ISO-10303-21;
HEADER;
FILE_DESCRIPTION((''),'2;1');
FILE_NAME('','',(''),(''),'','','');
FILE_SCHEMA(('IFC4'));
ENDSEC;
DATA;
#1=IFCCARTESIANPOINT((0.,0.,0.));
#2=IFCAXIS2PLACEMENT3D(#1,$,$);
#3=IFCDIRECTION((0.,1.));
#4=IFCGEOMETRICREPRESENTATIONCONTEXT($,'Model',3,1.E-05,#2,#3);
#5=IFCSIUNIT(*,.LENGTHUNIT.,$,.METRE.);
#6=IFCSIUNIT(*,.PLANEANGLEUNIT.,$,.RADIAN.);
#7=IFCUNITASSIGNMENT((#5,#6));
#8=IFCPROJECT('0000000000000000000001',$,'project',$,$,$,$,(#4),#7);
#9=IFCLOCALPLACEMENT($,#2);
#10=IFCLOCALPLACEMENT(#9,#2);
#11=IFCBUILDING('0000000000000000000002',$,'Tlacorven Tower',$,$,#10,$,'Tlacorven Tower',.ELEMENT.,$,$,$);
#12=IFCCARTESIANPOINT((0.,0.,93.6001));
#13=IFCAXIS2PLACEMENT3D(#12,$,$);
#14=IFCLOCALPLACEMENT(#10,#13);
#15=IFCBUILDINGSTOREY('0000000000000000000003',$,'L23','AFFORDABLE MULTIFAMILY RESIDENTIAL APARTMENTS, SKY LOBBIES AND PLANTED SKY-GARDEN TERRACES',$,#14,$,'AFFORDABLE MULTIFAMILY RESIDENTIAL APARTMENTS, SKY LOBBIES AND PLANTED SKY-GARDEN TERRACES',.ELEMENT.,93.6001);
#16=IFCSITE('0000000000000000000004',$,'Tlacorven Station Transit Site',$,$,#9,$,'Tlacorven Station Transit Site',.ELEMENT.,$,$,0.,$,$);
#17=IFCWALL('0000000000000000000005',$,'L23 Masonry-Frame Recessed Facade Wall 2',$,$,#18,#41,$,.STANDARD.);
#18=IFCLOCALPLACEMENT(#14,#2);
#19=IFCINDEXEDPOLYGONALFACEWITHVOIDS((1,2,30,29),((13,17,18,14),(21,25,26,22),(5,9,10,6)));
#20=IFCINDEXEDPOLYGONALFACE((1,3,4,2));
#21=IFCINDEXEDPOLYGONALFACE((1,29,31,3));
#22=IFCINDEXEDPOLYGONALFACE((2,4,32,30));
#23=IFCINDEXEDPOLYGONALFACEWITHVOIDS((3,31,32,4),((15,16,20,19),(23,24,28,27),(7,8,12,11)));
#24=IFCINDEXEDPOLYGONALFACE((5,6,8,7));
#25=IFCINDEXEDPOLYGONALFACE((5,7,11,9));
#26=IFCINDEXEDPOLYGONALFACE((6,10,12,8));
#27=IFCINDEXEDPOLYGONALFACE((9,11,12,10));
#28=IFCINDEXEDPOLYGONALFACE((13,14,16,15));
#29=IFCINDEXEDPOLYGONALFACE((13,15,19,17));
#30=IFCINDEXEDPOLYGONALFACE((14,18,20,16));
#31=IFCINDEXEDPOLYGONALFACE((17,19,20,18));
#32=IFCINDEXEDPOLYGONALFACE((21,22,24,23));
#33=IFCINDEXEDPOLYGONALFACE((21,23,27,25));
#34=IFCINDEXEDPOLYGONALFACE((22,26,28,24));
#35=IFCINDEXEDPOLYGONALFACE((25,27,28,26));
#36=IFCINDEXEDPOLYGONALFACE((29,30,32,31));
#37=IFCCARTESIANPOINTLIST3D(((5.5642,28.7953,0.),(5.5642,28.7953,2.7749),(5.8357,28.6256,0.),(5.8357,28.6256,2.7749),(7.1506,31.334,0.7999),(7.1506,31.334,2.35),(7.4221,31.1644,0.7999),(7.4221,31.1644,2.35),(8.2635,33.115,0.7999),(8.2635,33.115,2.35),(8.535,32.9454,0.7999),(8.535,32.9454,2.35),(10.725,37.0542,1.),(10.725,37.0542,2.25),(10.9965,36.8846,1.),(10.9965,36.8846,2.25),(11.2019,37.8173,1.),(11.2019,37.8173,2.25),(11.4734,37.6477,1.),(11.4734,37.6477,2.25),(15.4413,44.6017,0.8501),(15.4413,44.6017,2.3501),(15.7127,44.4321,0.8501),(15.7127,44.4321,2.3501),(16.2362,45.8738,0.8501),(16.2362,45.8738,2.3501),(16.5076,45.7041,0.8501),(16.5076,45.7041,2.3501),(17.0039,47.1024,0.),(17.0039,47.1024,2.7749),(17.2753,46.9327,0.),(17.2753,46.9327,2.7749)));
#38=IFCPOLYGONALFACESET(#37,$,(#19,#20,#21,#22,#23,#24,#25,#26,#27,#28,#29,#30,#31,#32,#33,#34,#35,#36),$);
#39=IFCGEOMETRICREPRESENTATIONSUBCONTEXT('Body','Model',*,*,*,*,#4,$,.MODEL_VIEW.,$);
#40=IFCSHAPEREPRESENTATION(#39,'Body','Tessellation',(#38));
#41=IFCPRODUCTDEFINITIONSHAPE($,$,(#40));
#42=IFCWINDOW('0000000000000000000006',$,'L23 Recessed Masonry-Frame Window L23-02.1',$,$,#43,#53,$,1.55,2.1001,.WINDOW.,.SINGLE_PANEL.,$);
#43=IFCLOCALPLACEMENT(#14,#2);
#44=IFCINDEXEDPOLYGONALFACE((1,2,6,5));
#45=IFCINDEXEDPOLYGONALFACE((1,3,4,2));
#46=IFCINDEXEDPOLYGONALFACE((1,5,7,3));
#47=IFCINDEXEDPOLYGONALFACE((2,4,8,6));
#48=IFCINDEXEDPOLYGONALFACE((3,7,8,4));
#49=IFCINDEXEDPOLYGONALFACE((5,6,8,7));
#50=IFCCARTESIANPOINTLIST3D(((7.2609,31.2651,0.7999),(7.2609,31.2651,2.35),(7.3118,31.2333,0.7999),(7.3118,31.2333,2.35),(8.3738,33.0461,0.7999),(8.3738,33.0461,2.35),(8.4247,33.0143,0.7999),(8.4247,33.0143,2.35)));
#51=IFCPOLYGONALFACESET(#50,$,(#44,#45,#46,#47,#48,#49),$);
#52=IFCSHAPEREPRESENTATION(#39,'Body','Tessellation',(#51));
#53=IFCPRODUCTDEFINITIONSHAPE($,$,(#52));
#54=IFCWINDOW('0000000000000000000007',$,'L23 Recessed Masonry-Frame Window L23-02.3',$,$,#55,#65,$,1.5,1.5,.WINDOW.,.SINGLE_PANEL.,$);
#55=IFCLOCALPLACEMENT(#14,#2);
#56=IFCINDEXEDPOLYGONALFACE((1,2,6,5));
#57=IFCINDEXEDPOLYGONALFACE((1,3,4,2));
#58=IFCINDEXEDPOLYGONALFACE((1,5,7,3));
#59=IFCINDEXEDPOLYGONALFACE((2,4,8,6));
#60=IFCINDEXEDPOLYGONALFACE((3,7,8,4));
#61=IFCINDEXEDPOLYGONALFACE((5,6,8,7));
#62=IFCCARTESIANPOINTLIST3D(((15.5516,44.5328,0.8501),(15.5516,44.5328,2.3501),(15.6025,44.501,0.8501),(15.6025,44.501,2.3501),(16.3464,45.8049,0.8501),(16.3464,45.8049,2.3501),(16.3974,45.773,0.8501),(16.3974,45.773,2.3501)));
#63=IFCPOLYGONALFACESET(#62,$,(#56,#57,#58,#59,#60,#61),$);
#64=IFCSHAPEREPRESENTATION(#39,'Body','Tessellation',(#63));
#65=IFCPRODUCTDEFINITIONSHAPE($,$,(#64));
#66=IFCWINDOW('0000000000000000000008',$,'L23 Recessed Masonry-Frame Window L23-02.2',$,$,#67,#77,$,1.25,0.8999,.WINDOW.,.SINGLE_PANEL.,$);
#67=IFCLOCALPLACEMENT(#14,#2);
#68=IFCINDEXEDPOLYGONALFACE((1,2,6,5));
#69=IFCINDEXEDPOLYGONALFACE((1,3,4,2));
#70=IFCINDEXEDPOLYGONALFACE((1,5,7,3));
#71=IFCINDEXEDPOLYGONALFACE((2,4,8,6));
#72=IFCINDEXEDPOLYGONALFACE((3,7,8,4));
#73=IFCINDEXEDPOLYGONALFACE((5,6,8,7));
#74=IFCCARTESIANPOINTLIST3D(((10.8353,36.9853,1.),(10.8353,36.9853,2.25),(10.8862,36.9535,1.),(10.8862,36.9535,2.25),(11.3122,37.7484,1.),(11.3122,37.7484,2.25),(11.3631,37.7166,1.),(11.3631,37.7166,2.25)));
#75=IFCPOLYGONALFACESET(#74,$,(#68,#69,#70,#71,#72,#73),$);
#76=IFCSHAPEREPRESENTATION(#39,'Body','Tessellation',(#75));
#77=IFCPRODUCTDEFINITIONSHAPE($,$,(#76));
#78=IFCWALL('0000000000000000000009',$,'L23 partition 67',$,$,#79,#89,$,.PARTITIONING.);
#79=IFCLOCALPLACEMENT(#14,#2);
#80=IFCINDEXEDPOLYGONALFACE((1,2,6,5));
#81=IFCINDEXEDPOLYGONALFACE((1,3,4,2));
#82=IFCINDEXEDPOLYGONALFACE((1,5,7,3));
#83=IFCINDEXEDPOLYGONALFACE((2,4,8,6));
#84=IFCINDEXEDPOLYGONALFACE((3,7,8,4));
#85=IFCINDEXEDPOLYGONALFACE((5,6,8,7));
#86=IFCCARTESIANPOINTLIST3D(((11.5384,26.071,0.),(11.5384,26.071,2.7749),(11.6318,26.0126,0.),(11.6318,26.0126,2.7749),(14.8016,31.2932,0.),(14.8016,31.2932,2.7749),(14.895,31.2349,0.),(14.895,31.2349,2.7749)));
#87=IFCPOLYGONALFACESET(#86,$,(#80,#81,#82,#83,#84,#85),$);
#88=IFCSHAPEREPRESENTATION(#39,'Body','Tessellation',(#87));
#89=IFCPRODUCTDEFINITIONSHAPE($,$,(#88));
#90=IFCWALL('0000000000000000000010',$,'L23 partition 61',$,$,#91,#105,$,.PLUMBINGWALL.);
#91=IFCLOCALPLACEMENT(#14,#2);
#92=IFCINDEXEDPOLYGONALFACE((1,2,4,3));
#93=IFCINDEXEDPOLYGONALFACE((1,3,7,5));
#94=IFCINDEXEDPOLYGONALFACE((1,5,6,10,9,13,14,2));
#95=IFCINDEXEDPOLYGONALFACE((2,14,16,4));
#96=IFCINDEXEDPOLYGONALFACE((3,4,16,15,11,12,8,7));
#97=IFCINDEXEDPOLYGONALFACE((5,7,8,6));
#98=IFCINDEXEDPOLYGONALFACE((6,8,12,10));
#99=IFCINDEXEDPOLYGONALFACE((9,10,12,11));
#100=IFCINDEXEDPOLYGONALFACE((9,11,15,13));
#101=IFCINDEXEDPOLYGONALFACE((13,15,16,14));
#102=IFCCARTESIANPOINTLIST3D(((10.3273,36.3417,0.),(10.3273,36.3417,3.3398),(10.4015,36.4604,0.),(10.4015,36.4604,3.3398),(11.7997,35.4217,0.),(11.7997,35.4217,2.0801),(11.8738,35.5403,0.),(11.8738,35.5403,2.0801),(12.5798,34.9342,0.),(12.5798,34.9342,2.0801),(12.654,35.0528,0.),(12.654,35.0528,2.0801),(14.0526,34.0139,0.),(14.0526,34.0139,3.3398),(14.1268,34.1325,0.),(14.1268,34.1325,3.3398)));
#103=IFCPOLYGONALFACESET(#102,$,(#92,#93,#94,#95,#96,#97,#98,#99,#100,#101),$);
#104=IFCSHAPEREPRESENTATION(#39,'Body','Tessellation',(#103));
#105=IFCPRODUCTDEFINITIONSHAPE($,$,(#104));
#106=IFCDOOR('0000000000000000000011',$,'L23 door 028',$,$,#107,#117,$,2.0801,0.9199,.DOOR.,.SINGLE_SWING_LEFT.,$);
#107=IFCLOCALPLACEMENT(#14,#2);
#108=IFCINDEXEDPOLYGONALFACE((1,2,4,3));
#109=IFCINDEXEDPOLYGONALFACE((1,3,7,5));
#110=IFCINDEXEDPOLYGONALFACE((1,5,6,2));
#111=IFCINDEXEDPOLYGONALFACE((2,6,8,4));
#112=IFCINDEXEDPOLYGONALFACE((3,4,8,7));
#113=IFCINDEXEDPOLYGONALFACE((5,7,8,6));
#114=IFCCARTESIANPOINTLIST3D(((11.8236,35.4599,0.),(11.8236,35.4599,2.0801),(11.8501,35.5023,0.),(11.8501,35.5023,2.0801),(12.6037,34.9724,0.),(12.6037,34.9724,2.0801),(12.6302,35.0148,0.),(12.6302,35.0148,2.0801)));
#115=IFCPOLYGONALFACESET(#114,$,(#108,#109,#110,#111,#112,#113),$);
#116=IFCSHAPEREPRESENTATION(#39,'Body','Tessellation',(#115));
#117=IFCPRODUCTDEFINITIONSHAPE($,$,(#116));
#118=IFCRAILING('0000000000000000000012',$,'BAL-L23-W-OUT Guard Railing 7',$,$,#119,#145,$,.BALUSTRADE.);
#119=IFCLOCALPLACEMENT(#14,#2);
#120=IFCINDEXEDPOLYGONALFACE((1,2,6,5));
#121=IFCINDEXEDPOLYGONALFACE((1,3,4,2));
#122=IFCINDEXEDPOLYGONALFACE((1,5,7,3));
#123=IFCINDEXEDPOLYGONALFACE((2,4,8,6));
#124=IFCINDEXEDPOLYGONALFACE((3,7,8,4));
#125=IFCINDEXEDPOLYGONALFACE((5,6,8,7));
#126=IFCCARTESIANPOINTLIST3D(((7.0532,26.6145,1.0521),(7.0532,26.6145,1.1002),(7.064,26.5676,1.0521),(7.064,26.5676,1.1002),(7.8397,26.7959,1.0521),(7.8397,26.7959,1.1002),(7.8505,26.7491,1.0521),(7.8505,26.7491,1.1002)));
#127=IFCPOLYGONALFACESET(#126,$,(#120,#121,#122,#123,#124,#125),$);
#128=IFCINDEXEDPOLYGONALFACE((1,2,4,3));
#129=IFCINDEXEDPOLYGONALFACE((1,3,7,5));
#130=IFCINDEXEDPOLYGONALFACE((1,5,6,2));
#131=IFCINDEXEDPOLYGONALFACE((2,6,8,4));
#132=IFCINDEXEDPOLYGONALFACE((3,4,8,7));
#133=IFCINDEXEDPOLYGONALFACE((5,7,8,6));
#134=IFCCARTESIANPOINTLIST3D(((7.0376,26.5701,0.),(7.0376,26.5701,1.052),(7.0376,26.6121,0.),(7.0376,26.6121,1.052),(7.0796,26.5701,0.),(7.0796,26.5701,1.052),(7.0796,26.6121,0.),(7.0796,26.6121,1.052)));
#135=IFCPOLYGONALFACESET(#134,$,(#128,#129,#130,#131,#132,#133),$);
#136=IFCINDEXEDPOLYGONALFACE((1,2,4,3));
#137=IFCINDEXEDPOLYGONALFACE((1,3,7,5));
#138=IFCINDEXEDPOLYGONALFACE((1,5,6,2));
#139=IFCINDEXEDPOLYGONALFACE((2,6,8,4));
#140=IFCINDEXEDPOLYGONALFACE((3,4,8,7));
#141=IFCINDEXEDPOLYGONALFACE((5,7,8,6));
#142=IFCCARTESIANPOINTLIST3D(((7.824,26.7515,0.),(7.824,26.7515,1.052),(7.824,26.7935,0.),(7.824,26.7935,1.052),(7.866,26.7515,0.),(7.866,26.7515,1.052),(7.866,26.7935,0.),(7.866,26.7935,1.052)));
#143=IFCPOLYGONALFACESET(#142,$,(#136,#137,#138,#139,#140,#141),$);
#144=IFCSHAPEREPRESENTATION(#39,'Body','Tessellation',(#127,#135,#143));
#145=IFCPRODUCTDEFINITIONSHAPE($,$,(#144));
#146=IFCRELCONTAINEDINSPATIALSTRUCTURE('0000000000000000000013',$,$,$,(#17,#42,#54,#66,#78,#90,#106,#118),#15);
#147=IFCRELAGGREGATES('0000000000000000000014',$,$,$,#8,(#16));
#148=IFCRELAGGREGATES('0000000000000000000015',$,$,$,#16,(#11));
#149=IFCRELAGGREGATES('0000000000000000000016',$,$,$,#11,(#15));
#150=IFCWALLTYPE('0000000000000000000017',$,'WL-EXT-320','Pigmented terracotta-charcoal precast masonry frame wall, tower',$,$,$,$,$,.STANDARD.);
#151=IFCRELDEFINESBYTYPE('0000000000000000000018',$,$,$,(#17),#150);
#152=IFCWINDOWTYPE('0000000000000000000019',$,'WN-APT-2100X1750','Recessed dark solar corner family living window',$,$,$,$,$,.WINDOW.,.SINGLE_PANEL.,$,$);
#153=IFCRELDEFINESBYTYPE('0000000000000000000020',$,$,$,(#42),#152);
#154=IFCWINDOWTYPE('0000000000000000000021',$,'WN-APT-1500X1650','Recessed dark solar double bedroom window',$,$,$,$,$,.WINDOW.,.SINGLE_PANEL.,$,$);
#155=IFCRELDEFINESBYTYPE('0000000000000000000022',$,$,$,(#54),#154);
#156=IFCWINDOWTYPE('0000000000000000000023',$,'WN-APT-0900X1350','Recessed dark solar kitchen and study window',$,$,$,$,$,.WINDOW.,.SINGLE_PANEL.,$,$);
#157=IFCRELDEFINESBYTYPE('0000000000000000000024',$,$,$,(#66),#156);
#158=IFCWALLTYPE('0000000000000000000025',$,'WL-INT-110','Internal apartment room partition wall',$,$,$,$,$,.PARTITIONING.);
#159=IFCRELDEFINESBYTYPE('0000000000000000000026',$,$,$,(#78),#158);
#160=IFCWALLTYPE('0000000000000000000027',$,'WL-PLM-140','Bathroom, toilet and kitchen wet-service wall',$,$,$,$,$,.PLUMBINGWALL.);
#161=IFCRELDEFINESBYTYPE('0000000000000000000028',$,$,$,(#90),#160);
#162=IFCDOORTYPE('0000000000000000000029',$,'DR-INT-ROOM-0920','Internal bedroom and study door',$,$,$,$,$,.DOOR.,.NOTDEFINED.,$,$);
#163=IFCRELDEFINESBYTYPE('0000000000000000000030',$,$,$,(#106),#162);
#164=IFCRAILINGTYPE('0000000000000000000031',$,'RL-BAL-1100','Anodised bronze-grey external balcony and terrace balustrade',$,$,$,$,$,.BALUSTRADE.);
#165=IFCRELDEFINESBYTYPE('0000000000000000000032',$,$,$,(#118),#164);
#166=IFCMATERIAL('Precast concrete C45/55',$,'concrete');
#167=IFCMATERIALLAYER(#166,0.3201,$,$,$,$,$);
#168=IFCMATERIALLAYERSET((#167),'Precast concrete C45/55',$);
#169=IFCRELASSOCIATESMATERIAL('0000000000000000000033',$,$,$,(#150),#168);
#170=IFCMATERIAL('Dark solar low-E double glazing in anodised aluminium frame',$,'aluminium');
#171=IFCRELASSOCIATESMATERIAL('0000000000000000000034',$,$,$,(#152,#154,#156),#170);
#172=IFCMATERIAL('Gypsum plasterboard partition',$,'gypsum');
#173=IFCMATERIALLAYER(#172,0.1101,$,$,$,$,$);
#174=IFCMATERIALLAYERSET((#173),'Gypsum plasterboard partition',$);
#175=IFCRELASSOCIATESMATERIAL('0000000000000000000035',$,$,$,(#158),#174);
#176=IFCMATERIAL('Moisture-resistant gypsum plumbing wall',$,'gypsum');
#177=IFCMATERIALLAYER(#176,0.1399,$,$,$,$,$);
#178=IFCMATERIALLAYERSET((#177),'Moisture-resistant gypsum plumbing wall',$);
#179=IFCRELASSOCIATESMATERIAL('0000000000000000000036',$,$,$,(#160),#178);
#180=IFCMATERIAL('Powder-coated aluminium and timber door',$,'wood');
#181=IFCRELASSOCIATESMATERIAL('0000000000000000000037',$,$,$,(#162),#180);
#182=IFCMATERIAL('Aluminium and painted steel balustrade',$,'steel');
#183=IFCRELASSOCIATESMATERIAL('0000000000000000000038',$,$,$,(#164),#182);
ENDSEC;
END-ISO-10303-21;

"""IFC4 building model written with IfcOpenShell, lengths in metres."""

from ifc_helpers import new_model, si_unit, direction, frame, frame_2d, origin, origin_2d, place, context, subcontext, project, spatial, rectangle, extrude, source, transform, mapped, material, layer, layer_set, type_object, element, fill, save


model = new_model("IFC4")

# Units and contexts
model_context = context("Model", 3, precision=1e-05, world=origin(), true_north=direction((0.0, 1.0)))
body_context = subcontext(model_context, "Body", "Model", "MODEL_VIEW")
ifc_project = project(units=[si_unit("LENGTHUNIT", "METRE"), si_unit("PLANEANGLEUNIT", "RADIAN")], contexts=[model_context])

# Site, building, storey
site_placement = place(None, origin())
site = spatial("IfcSite", under=ifc_project, at=site_placement, Name="Tlacorven Station Transit Site", LongName="Tlacorven Station Transit Site", CompositionType="ELEMENT", RefElevation=0.0)
building_placement = place(site_placement, origin())
building = spatial("IfcBuilding", under=site, at=building_placement, Name="Tlacorven Tower", LongName="Tlacorven Tower", CompositionType="ELEMENT")
storey_placement = place(building_placement, frame((0.0, 0.0, 93.6001)))
storey = spatial("IfcBuildingStorey", under=building, at=storey_placement, Name="L23", Description="AFFORDABLE MULTIFAMILY RESIDENTIAL APARTMENTS, SKY LOBBIES AND PLANTED SKY-GARDEN TERRACES", LongName="AFFORDABLE MULTIFAMILY RESIDENTIAL APARTMENTS, SKY LOBBIES AND PLANTED SKY-GARDEN TERRACES", CompositionType="ELEMENT", Elevation=93.6001)

# Wall, openings, windows
ifc_material_1 = material(Name="Precast concrete C45/55", Category="concrete")
ifc_layer_1 = layer(ifc_material_1, 0.3201)
ifc_layer_set_1 = layer_set([ifc_layer_1], Name="Precast concrete C45/55")
wall_type_1 = type_object("IfcWallType", Name="WL-EXT-320", Description="Pigmented terracotta-charcoal precast masonry frame wall, tower", PredefinedType="STANDARD", material=ifc_layer_set_1)
wall_1_placement = place(storey_placement, frame((5.7, 28.7104, 0.0), z_axis=(0.0, 0.0, 1.0), x_axis=(0.529924, 0.848045, 0.0)))
wall_1 = element("IfcWall", 1, at=wall_1_placement, inside=storey, type_object=wall_type_1, Name="L23 Masonry-Frame Recessed Facade Wall 2", PredefinedType="STANDARD", context=body_context, shape_type="SweptSolid", body=[
    extrude(rectangle(XDim=21.5874, YDim=0.3201, at=frame_2d((10.7937, 0.0))), origin(), (0.0, 0.0, 1.0), 2.7749),
])
opening_1_placement = place(wall_1_placement, frame((2.9937, 0.0, 0.8)))
opening_1 = element("IfcOpeningElement", 2, at=opening_1_placement, cuts=wall_1, PredefinedType="OPENING", context=body_context, shape_type="SweptSolid", body=[
    extrude(rectangle(XDim=2.1001, YDim=1.55, at=frame_2d((1.05, 0.7749))), frame((0.0, 0.1699, 0.0), z_axis=(0.0, -1.0, 0.0), x_axis=(1.0, 0.0, 0.0)), (0.0, 0.0, 1.0), 0.3401),
])
opening_2_placement = place(wall_1_placement, frame((9.7388, 0.0, 1.0)))
opening_2 = element("IfcOpeningElement", 3, at=opening_2_placement, cuts=wall_1, PredefinedType="OPENING", context=body_context, shape_type="SweptSolid", body=[
    extrude(rectangle(XDim=0.8999, YDim=1.25, at=frame_2d((0.45, 0.625))), frame((0.0, 0.1699, 0.0), z_axis=(0.0, -1.0, 0.0), x_axis=(1.0, 0.0, 0.0)), (0.0, 0.0, 1.0), 0.3401),
])
opening_3_placement = place(wall_1_placement, frame((18.6387, 0.0, 0.8501)))
opening_3 = element("IfcOpeningElement", 4, at=opening_3_placement, cuts=wall_1, PredefinedType="OPENING", context=body_context, shape_type="SweptSolid", body=[
    extrude(rectangle(XDim=1.5, YDim=1.5, at=frame_2d((0.75, 0.75))), frame((0.0, 0.1699, 0.0), z_axis=(0.0, -1.0, 0.0), x_axis=(1.0, 0.0, 0.0)), (0.0, 0.0, 1.0), 0.3401),
])
ifc_material_2 = material(Name="Dark solar low-E double glazing in anodised aluminium frame", Category="aluminium")
window_type_1 = type_object("IfcWindowType", Name="WN-APT-2100X1750", Description="Recessed dark solar corner family living window", PartitioningType="SINGLE_PANEL", PredefinedType="WINDOW", material=ifc_material_2)
shared_shape_1 = source(origin(), body_context, "Body", "SweptSolid", [
    extrude(rectangle(XDim=2.1001, YDim=1.55, at=frame_2d((1.05, 0.7749))), frame((0.0, 0.03, 0.0), z_axis=(0.0, -1.0, 0.0), x_axis=(1.0, 0.0, 0.0)), (0.0, 0.0, 1.0), 0.0601),
])
window_1_placement = place(opening_1_placement, origin())
window_1 = element("IfcWindow", 5, at=window_1_placement, inside=storey, type_object=window_type_1, Name="L23 Recessed Masonry-Frame Window L23-02.1", OverallHeight=1.55, OverallWidth=2.1001, PartitioningType="SINGLE_PANEL", PredefinedType="WINDOW", context=body_context, shape_type="MappedRepresentation", body=[
    mapped(shared_shape_1, transform((0.0, 0.0, 0.0), scale=1.0)),
])
fill(opening_1, window_1)
window_type_2 = type_object("IfcWindowType", Name="WN-APT-1500X1650", Description="Recessed dark solar double bedroom window", PartitioningType="SINGLE_PANEL", PredefinedType="WINDOW", material=ifc_material_2)
shared_shape_2 = source(origin(), body_context, "Body", "SweptSolid", [
    extrude(rectangle(XDim=1.5, YDim=1.5, at=frame_2d((0.75, 0.75))), frame((0.0, 0.03, 0.0), z_axis=(0.0, -1.0, 0.0), x_axis=(1.0, 0.0, 0.0)), (0.0, 0.0, 1.0), 0.0601),
])
window_2_placement = place(opening_3_placement, origin())
window_2 = element("IfcWindow", 6, at=window_2_placement, inside=storey, type_object=window_type_2, Name="L23 Recessed Masonry-Frame Window L23-02.3", OverallHeight=1.5, OverallWidth=1.5, PartitioningType="SINGLE_PANEL", PredefinedType="WINDOW", context=body_context, shape_type="MappedRepresentation", body=[
    mapped(shared_shape_2, transform((0.0, 0.0, 0.0), scale=1.0)),
])
fill(opening_3, window_2)
window_type_3 = type_object("IfcWindowType", Name="WN-APT-0900X1350", Description="Recessed dark solar kitchen and study window", PartitioningType="SINGLE_PANEL", PredefinedType="WINDOW", material=ifc_material_2)
shared_shape_3 = source(origin(), body_context, "Body", "SweptSolid", [
    extrude(rectangle(XDim=0.8999, YDim=1.25, at=frame_2d((0.45, 0.625))), frame((0.0, 0.03, 0.0), z_axis=(0.0, -1.0, 0.0), x_axis=(1.0, 0.0, 0.0)), (0.0, 0.0, 1.0), 0.0601),
])
window_3_placement = place(opening_2_placement, origin())
window_3 = element("IfcWindow", 7, at=window_3_placement, inside=storey, type_object=window_type_3, Name="L23 Recessed Masonry-Frame Window L23-02.2", OverallHeight=1.25, OverallWidth=0.8999, PartitioningType="SINGLE_PANEL", PredefinedType="WINDOW", context=body_context, shape_type="MappedRepresentation", body=[
    mapped(shared_shape_3, transform((0.0, 0.0, 0.0), scale=1.0)),
])
fill(opening_2, window_3)

# Wall
ifc_material_3 = material(Name="Gypsum plasterboard partition", Category="gypsum")
ifc_layer_2 = layer(ifc_material_3, 0.1101)
ifc_layer_set_2 = layer_set([ifc_layer_2], Name="Gypsum plasterboard partition")
wall_type_2 = type_object("IfcWallType", Name="WL-INT-110", Description="Internal apartment room partition wall", PredefinedType="PARTITIONING", material=ifc_layer_set_2)
wall_2_placement = place(storey_placement, frame((14.8484, 31.2642, 0.0), z_axis=(0.0, 0.0, 1.0), x_axis=(-0.529921, -0.848047, 0.0)))
element("IfcWall", 8, at=wall_2_placement, inside=storey, type_object=wall_type_2, Name="L23 partition 67", PredefinedType="PARTITIONING", context=body_context, shape_type="SweptSolid", body=[
    extrude(rectangle(XDim=6.158, YDim=0.1101, at=frame_2d((3.0791, 0.0))), origin(), (0.0, 0.0, 1.0), 2.7749),
])

# Wall, opening, door
ifc_material_4 = material(Name="Moisture-resistant gypsum plumbing wall", Category="gypsum")
ifc_layer_3 = layer(ifc_material_4, 0.1399)
ifc_layer_set_3 = layer_set([ifc_layer_3], Name="Moisture-resistant gypsum plumbing wall")
wall_type_3 = type_object("IfcWallType", Name="WL-PLM-140", Description="Bathroom, toilet and kitchen wet-service wall", PredefinedType="PLUMBINGWALL", material=ifc_layer_set_3)
wall_3_placement = place(storey_placement, frame((14.0896, 34.0732, 0.0), z_axis=(0.0, 0.0, 1.0), x_axis=(-0.848045, 0.529924, 0.0)))
wall_3 = element("IfcWall", 9, at=wall_3_placement, inside=storey, type_object=wall_type_3, Name="L23 partition 61", PredefinedType="PLUMBINGWALL", context=body_context, shape_type="SweptSolid", body=[
    extrude(rectangle(XDim=4.3928, YDim=0.1399, at=frame_2d((2.1963, 0.0))), origin(), (0.0, 0.0, 1.0), 3.3398),
])
opening_4_placement = place(wall_3_placement, frame((1.7366, 0.0, 0.0)))
opening_4 = element("IfcOpeningElement", 10, at=opening_4_placement, cuts=wall_3, PredefinedType="OPENING", context=body_context, shape_type="SweptSolid", body=[
    extrude(rectangle(XDim=0.9199, YDim=2.0801, at=frame_2d((0.46, 1.04))), frame((0.0, 0.0801, 0.0), z_axis=(0.0, -1.0, 0.0), x_axis=(1.0, 0.0, 0.0)), (0.0, 0.0, 1.0), 0.1599),
])
ifc_material_5 = material(Name="Powder-coated aluminium and timber door", Category="wood")
door_type = type_object("IfcDoorType", Name="DR-INT-ROOM-0920", Description="Internal bedroom and study door", OperationType="NOTDEFINED", PredefinedType="DOOR", material=ifc_material_5)
shared_shape_4 = source(origin(), body_context, "Body", "SweptSolid", [
    extrude(rectangle(XDim=0.9199, YDim=2.0801, at=frame_2d((0.46, 1.04))), frame((0.0, 0.0249, 0.0), z_axis=(0.0, -1.0, 0.0), x_axis=(1.0, 0.0, 0.0)), (0.0, 0.0, 1.0), 0.05),
])
door_placement = place(opening_4_placement, origin())
door = element("IfcDoor", 11, at=door_placement, inside=storey, type_object=door_type, Name="L23 door 028", OperationType="SINGLE_SWING_LEFT", OverallHeight=2.0801, OverallWidth=0.9199, PredefinedType="DOOR", context=body_context, shape_type="MappedRepresentation", body=[
    mapped(shared_shape_4, transform((0.0, 0.0, 0.0), scale=1.0)),
])
fill(opening_4, door)

# Railing
ifc_material_6 = material(Name="Aluminium and painted steel balustrade", Category="steel")
railing_type = type_object("IfcRailingType", Name="RL-BAL-1100", Description="Anodised bronze-grey external balcony and terrace balustrade", PredefinedType="BALUSTRADE", material=ifc_material_6)
shared_shape_5 = source(origin(), body_context, "Body", "SweptSolid", [
    extrude(rectangle(XDim=0.0481, YDim=0.0481, at=origin_2d()), frame((0.0, 0.0, 1.0762), z_axis=(0.974412, 0.224771, 0.0), x_axis=(-0.224771, 0.974412, 0.0)), (0.0, 0.0, 1.0), 0.8071),
    extrude(rectangle(XDim=0.042, YDim=0.042, at=origin_2d()), origin(), (0.0, 0.0, 1.0), 1.052),
    extrude(rectangle(XDim=0.042, YDim=0.042, at=origin_2d()), frame((0.7864, 0.1814, 0.0)), (0.0, 0.0, 1.0), 1.052),
])
railing_placement = place(storey_placement, frame((7.0586, 26.5911, 0.0)))
element("IfcRailing", 12, at=railing_placement, inside=storey, type_object=railing_type, Name="BAL-L23-W-OUT Guard Railing 7", PredefinedType="BALUSTRADE", context=body_context, shape_type="MappedRepresentation", body=[
    mapped(shared_shape_5, transform((0.0, 0.0, 0.0), scale=1.0)),
])

save(model, "model.ifc")
